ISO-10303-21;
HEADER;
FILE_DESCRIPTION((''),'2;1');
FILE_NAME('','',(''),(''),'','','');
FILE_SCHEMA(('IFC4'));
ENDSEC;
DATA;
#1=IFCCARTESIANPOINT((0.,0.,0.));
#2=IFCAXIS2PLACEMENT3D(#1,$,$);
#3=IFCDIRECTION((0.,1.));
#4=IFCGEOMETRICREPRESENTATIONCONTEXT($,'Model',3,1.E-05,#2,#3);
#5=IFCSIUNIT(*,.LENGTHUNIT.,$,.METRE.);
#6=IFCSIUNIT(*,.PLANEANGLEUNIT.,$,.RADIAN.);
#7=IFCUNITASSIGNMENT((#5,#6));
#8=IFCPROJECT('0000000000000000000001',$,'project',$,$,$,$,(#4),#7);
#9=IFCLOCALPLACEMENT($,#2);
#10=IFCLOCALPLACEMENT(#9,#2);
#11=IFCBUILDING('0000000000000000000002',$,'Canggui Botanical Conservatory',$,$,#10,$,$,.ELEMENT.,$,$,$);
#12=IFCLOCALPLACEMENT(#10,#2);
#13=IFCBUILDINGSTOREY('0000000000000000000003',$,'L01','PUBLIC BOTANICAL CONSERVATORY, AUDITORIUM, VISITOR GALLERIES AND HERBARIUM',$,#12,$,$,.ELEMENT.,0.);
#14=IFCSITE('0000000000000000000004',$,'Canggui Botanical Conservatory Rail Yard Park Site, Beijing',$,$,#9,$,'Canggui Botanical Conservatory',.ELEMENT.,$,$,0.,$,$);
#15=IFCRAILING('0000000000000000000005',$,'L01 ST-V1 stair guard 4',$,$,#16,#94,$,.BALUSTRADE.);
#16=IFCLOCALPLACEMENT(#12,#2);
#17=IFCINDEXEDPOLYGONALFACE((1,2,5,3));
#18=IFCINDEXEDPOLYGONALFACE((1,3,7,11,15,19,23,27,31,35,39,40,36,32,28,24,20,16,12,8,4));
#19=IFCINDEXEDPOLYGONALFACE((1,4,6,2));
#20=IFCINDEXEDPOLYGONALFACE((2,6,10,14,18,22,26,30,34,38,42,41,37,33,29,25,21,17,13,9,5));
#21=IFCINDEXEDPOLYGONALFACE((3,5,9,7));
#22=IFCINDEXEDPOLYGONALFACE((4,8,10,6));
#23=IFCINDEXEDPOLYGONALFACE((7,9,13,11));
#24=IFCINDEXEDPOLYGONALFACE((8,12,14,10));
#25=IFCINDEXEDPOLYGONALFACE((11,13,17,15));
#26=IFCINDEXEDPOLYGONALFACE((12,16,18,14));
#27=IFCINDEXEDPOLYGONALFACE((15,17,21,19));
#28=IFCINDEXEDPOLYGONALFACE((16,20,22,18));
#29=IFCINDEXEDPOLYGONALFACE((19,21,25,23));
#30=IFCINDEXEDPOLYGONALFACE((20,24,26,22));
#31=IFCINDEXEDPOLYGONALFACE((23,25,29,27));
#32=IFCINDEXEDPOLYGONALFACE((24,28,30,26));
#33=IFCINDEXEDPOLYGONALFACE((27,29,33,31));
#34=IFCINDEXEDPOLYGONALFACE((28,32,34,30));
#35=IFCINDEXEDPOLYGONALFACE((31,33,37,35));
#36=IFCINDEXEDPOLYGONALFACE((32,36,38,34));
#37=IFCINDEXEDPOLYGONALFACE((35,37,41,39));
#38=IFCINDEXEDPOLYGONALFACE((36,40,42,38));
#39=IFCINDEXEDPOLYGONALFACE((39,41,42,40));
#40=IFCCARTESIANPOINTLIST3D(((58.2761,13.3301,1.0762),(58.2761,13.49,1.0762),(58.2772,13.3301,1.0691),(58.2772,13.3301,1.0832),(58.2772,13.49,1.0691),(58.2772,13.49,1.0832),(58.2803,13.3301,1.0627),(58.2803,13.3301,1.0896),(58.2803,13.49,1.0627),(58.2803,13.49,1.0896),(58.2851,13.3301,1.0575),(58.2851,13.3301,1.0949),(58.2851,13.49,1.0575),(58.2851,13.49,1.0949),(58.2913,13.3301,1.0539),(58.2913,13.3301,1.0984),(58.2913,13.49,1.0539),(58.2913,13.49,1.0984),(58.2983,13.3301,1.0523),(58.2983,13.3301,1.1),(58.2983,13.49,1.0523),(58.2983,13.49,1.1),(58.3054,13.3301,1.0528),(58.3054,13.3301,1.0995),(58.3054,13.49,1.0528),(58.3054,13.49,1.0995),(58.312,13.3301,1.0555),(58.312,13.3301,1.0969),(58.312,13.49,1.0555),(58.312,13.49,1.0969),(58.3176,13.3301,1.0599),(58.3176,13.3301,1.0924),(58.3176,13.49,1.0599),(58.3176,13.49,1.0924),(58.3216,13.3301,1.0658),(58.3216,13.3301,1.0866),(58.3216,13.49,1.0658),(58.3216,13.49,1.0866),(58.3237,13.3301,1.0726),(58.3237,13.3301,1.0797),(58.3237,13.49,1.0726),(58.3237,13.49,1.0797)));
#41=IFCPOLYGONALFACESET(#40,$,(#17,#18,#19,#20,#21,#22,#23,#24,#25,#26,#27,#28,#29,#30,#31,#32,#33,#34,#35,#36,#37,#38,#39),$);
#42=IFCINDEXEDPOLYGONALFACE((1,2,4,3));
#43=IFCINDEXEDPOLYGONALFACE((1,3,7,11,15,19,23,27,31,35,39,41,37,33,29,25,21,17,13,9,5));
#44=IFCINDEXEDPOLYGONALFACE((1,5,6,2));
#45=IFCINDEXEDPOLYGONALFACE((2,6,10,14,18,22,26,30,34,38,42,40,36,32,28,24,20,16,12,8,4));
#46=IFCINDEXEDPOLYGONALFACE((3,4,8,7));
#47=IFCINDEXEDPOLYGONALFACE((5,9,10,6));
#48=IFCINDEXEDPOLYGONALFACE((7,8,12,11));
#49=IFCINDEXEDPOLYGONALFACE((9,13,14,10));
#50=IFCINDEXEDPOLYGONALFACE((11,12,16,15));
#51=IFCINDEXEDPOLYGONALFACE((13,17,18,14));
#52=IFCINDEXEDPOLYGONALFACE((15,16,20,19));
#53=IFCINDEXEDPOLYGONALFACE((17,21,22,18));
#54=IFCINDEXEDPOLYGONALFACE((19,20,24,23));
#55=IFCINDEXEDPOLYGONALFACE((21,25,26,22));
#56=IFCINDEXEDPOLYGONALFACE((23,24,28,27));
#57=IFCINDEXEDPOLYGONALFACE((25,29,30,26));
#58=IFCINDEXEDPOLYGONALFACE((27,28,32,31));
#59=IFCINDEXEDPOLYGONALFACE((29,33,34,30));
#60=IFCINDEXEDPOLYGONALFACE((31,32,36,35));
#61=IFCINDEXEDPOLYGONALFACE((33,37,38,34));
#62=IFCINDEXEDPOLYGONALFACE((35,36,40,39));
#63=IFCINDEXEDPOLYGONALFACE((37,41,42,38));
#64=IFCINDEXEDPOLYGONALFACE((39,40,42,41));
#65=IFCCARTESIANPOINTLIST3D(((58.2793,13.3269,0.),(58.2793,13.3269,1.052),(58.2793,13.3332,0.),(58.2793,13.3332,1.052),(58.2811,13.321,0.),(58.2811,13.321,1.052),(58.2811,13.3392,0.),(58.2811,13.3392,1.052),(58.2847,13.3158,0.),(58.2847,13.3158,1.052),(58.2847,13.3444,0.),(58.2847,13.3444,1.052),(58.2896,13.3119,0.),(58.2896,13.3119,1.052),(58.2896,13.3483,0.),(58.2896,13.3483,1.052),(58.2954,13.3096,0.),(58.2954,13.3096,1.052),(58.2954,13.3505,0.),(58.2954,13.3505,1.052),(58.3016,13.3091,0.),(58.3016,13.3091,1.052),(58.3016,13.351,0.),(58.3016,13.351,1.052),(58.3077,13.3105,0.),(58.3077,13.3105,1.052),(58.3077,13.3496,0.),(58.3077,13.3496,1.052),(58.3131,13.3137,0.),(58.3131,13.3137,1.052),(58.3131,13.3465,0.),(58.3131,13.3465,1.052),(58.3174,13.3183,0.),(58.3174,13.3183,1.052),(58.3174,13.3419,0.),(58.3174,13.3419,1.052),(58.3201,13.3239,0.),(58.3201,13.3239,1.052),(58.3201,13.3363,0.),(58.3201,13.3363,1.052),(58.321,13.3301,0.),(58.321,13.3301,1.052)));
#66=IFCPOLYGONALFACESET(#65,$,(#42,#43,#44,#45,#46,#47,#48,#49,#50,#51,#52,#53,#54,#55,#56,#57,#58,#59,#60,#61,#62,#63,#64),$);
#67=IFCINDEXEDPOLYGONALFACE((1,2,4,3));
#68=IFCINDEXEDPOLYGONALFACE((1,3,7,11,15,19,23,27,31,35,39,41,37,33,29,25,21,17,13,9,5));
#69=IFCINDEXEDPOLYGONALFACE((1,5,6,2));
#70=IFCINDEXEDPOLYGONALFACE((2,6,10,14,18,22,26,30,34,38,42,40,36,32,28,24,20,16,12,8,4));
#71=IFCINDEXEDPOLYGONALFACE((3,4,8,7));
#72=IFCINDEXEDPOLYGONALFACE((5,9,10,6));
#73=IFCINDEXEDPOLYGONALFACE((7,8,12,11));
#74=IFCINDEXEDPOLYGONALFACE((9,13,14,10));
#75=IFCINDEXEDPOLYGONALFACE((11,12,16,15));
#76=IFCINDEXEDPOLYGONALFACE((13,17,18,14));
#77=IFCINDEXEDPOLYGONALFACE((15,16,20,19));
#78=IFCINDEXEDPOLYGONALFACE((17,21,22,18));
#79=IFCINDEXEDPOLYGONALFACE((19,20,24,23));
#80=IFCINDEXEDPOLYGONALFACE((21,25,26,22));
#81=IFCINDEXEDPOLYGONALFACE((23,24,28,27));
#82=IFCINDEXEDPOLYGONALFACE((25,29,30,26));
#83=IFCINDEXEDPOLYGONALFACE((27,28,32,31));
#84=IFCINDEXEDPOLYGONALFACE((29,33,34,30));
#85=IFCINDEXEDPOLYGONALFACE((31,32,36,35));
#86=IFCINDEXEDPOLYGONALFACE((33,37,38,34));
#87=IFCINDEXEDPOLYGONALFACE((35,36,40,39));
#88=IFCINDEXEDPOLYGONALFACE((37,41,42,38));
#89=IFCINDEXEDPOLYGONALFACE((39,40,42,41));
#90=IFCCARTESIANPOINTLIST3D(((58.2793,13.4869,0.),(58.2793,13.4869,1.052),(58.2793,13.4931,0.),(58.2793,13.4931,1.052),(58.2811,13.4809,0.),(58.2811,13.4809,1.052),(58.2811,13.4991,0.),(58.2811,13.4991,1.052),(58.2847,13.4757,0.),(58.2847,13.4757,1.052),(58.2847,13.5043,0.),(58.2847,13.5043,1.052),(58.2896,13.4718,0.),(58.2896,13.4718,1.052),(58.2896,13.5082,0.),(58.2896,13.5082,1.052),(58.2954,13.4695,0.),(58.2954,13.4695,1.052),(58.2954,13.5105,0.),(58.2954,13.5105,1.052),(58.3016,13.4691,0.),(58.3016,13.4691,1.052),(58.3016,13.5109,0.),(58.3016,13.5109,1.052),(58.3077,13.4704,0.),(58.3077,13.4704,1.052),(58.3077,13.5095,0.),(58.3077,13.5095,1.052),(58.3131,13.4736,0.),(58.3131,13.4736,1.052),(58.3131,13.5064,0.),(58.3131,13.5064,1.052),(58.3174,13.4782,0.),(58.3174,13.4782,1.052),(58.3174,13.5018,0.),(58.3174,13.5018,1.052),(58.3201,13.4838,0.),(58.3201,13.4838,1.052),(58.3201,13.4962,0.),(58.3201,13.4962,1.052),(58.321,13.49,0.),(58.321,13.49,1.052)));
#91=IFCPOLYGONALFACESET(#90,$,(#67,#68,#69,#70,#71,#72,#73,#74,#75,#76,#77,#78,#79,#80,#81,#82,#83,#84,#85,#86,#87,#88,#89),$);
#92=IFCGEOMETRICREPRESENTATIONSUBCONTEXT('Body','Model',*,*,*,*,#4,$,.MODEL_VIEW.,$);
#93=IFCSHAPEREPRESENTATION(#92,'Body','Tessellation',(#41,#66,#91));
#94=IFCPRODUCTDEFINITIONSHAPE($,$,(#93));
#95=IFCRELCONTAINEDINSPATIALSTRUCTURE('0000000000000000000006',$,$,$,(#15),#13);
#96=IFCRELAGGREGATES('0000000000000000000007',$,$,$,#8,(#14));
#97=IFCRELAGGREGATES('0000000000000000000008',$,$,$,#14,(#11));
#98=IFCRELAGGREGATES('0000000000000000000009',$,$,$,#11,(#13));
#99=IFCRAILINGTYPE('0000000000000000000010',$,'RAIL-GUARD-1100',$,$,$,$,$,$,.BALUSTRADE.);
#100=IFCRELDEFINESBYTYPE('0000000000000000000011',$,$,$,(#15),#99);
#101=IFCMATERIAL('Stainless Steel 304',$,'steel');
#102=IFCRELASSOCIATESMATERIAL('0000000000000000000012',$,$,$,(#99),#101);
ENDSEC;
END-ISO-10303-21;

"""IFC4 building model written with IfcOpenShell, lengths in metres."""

from ifc_helpers import new_model, si_unit, direction, frame, origin, origin_2d, place, context, subcontext, project, spatial, circle, extrude, material, type_object, element, save


model = new_model("IFC4")

# Units and contexts
model_context = context("Model", 3, precision=1e-05, world=origin(), true_north=direction((0.0, 1.0)))
body_context = subcontext(model_context, "Body", "Model", "MODEL_VIEW")
ifc_project = project(units=[si_unit("LENGTHUNIT", "METRE"), si_unit("PLANEANGLEUNIT", "RADIAN")], contexts=[model_context])

# Site, building, storey
site_placement = place(None, origin())
site = spatial("IfcSite", under=ifc_project, at=site_placement, Name="Canggui Botanical Conservatory Rail Yard Park Site, Beijing", LongName="Canggui Botanical Conservatory", CompositionType="ELEMENT", RefElevation=0.0)
building_placement = place(site_placement, origin())
building = spatial("IfcBuilding", under=site, at=building_placement, Name="Canggui Botanical Conservatory", CompositionType="ELEMENT")
storey_placement = place(building_placement, origin())
storey = spatial("IfcBuildingStorey", under=building, at=storey_placement, Name="L01", Description="PUBLIC BOTANICAL CONSERVATORY, AUDITORIUM, VISITOR GALLERIES AND HERBARIUM", CompositionType="ELEMENT", Elevation=0.0)

# Railing
ifc_material_1 = material(Name="Stainless Steel 304", Category="steel")
railing_type_1 = type_object("IfcRailingType", Name="RAIL-GUARD-1100", PredefinedType="BALUSTRADE", material=ifc_material_1)
railing_1_placement = place(storey_placement, frame((58.3, 13.3301, 0.0)))
element("IfcRailing", 1, at=railing_1_placement, inside=storey, type_object=railing_type_1, Name="L01 ST-V1 stair guard 4", PredefinedType="BALUSTRADE", context=body_context, shape_type="SweptSolid", body=[
    extrude(circle(Radius=0.0239, at=origin_2d()), frame((0.0, 0.0, 1.0762), z_axis=(0.0, 1.0, 0.0), x_axis=(-1.0, 0.0, 0.0)), (0.0, 0.0, 1.0), 0.1599),
    extrude(circle(Radius=0.021, at=origin_2d()), origin(), (0.0, 0.0, 1.0), 1.052),
    extrude(circle(Radius=0.021, at=origin_2d()), frame((0.0, 0.1599, 0.0)), (0.0, 0.0, 1.0), 1.052),
])

save(model, "model.ifc")
